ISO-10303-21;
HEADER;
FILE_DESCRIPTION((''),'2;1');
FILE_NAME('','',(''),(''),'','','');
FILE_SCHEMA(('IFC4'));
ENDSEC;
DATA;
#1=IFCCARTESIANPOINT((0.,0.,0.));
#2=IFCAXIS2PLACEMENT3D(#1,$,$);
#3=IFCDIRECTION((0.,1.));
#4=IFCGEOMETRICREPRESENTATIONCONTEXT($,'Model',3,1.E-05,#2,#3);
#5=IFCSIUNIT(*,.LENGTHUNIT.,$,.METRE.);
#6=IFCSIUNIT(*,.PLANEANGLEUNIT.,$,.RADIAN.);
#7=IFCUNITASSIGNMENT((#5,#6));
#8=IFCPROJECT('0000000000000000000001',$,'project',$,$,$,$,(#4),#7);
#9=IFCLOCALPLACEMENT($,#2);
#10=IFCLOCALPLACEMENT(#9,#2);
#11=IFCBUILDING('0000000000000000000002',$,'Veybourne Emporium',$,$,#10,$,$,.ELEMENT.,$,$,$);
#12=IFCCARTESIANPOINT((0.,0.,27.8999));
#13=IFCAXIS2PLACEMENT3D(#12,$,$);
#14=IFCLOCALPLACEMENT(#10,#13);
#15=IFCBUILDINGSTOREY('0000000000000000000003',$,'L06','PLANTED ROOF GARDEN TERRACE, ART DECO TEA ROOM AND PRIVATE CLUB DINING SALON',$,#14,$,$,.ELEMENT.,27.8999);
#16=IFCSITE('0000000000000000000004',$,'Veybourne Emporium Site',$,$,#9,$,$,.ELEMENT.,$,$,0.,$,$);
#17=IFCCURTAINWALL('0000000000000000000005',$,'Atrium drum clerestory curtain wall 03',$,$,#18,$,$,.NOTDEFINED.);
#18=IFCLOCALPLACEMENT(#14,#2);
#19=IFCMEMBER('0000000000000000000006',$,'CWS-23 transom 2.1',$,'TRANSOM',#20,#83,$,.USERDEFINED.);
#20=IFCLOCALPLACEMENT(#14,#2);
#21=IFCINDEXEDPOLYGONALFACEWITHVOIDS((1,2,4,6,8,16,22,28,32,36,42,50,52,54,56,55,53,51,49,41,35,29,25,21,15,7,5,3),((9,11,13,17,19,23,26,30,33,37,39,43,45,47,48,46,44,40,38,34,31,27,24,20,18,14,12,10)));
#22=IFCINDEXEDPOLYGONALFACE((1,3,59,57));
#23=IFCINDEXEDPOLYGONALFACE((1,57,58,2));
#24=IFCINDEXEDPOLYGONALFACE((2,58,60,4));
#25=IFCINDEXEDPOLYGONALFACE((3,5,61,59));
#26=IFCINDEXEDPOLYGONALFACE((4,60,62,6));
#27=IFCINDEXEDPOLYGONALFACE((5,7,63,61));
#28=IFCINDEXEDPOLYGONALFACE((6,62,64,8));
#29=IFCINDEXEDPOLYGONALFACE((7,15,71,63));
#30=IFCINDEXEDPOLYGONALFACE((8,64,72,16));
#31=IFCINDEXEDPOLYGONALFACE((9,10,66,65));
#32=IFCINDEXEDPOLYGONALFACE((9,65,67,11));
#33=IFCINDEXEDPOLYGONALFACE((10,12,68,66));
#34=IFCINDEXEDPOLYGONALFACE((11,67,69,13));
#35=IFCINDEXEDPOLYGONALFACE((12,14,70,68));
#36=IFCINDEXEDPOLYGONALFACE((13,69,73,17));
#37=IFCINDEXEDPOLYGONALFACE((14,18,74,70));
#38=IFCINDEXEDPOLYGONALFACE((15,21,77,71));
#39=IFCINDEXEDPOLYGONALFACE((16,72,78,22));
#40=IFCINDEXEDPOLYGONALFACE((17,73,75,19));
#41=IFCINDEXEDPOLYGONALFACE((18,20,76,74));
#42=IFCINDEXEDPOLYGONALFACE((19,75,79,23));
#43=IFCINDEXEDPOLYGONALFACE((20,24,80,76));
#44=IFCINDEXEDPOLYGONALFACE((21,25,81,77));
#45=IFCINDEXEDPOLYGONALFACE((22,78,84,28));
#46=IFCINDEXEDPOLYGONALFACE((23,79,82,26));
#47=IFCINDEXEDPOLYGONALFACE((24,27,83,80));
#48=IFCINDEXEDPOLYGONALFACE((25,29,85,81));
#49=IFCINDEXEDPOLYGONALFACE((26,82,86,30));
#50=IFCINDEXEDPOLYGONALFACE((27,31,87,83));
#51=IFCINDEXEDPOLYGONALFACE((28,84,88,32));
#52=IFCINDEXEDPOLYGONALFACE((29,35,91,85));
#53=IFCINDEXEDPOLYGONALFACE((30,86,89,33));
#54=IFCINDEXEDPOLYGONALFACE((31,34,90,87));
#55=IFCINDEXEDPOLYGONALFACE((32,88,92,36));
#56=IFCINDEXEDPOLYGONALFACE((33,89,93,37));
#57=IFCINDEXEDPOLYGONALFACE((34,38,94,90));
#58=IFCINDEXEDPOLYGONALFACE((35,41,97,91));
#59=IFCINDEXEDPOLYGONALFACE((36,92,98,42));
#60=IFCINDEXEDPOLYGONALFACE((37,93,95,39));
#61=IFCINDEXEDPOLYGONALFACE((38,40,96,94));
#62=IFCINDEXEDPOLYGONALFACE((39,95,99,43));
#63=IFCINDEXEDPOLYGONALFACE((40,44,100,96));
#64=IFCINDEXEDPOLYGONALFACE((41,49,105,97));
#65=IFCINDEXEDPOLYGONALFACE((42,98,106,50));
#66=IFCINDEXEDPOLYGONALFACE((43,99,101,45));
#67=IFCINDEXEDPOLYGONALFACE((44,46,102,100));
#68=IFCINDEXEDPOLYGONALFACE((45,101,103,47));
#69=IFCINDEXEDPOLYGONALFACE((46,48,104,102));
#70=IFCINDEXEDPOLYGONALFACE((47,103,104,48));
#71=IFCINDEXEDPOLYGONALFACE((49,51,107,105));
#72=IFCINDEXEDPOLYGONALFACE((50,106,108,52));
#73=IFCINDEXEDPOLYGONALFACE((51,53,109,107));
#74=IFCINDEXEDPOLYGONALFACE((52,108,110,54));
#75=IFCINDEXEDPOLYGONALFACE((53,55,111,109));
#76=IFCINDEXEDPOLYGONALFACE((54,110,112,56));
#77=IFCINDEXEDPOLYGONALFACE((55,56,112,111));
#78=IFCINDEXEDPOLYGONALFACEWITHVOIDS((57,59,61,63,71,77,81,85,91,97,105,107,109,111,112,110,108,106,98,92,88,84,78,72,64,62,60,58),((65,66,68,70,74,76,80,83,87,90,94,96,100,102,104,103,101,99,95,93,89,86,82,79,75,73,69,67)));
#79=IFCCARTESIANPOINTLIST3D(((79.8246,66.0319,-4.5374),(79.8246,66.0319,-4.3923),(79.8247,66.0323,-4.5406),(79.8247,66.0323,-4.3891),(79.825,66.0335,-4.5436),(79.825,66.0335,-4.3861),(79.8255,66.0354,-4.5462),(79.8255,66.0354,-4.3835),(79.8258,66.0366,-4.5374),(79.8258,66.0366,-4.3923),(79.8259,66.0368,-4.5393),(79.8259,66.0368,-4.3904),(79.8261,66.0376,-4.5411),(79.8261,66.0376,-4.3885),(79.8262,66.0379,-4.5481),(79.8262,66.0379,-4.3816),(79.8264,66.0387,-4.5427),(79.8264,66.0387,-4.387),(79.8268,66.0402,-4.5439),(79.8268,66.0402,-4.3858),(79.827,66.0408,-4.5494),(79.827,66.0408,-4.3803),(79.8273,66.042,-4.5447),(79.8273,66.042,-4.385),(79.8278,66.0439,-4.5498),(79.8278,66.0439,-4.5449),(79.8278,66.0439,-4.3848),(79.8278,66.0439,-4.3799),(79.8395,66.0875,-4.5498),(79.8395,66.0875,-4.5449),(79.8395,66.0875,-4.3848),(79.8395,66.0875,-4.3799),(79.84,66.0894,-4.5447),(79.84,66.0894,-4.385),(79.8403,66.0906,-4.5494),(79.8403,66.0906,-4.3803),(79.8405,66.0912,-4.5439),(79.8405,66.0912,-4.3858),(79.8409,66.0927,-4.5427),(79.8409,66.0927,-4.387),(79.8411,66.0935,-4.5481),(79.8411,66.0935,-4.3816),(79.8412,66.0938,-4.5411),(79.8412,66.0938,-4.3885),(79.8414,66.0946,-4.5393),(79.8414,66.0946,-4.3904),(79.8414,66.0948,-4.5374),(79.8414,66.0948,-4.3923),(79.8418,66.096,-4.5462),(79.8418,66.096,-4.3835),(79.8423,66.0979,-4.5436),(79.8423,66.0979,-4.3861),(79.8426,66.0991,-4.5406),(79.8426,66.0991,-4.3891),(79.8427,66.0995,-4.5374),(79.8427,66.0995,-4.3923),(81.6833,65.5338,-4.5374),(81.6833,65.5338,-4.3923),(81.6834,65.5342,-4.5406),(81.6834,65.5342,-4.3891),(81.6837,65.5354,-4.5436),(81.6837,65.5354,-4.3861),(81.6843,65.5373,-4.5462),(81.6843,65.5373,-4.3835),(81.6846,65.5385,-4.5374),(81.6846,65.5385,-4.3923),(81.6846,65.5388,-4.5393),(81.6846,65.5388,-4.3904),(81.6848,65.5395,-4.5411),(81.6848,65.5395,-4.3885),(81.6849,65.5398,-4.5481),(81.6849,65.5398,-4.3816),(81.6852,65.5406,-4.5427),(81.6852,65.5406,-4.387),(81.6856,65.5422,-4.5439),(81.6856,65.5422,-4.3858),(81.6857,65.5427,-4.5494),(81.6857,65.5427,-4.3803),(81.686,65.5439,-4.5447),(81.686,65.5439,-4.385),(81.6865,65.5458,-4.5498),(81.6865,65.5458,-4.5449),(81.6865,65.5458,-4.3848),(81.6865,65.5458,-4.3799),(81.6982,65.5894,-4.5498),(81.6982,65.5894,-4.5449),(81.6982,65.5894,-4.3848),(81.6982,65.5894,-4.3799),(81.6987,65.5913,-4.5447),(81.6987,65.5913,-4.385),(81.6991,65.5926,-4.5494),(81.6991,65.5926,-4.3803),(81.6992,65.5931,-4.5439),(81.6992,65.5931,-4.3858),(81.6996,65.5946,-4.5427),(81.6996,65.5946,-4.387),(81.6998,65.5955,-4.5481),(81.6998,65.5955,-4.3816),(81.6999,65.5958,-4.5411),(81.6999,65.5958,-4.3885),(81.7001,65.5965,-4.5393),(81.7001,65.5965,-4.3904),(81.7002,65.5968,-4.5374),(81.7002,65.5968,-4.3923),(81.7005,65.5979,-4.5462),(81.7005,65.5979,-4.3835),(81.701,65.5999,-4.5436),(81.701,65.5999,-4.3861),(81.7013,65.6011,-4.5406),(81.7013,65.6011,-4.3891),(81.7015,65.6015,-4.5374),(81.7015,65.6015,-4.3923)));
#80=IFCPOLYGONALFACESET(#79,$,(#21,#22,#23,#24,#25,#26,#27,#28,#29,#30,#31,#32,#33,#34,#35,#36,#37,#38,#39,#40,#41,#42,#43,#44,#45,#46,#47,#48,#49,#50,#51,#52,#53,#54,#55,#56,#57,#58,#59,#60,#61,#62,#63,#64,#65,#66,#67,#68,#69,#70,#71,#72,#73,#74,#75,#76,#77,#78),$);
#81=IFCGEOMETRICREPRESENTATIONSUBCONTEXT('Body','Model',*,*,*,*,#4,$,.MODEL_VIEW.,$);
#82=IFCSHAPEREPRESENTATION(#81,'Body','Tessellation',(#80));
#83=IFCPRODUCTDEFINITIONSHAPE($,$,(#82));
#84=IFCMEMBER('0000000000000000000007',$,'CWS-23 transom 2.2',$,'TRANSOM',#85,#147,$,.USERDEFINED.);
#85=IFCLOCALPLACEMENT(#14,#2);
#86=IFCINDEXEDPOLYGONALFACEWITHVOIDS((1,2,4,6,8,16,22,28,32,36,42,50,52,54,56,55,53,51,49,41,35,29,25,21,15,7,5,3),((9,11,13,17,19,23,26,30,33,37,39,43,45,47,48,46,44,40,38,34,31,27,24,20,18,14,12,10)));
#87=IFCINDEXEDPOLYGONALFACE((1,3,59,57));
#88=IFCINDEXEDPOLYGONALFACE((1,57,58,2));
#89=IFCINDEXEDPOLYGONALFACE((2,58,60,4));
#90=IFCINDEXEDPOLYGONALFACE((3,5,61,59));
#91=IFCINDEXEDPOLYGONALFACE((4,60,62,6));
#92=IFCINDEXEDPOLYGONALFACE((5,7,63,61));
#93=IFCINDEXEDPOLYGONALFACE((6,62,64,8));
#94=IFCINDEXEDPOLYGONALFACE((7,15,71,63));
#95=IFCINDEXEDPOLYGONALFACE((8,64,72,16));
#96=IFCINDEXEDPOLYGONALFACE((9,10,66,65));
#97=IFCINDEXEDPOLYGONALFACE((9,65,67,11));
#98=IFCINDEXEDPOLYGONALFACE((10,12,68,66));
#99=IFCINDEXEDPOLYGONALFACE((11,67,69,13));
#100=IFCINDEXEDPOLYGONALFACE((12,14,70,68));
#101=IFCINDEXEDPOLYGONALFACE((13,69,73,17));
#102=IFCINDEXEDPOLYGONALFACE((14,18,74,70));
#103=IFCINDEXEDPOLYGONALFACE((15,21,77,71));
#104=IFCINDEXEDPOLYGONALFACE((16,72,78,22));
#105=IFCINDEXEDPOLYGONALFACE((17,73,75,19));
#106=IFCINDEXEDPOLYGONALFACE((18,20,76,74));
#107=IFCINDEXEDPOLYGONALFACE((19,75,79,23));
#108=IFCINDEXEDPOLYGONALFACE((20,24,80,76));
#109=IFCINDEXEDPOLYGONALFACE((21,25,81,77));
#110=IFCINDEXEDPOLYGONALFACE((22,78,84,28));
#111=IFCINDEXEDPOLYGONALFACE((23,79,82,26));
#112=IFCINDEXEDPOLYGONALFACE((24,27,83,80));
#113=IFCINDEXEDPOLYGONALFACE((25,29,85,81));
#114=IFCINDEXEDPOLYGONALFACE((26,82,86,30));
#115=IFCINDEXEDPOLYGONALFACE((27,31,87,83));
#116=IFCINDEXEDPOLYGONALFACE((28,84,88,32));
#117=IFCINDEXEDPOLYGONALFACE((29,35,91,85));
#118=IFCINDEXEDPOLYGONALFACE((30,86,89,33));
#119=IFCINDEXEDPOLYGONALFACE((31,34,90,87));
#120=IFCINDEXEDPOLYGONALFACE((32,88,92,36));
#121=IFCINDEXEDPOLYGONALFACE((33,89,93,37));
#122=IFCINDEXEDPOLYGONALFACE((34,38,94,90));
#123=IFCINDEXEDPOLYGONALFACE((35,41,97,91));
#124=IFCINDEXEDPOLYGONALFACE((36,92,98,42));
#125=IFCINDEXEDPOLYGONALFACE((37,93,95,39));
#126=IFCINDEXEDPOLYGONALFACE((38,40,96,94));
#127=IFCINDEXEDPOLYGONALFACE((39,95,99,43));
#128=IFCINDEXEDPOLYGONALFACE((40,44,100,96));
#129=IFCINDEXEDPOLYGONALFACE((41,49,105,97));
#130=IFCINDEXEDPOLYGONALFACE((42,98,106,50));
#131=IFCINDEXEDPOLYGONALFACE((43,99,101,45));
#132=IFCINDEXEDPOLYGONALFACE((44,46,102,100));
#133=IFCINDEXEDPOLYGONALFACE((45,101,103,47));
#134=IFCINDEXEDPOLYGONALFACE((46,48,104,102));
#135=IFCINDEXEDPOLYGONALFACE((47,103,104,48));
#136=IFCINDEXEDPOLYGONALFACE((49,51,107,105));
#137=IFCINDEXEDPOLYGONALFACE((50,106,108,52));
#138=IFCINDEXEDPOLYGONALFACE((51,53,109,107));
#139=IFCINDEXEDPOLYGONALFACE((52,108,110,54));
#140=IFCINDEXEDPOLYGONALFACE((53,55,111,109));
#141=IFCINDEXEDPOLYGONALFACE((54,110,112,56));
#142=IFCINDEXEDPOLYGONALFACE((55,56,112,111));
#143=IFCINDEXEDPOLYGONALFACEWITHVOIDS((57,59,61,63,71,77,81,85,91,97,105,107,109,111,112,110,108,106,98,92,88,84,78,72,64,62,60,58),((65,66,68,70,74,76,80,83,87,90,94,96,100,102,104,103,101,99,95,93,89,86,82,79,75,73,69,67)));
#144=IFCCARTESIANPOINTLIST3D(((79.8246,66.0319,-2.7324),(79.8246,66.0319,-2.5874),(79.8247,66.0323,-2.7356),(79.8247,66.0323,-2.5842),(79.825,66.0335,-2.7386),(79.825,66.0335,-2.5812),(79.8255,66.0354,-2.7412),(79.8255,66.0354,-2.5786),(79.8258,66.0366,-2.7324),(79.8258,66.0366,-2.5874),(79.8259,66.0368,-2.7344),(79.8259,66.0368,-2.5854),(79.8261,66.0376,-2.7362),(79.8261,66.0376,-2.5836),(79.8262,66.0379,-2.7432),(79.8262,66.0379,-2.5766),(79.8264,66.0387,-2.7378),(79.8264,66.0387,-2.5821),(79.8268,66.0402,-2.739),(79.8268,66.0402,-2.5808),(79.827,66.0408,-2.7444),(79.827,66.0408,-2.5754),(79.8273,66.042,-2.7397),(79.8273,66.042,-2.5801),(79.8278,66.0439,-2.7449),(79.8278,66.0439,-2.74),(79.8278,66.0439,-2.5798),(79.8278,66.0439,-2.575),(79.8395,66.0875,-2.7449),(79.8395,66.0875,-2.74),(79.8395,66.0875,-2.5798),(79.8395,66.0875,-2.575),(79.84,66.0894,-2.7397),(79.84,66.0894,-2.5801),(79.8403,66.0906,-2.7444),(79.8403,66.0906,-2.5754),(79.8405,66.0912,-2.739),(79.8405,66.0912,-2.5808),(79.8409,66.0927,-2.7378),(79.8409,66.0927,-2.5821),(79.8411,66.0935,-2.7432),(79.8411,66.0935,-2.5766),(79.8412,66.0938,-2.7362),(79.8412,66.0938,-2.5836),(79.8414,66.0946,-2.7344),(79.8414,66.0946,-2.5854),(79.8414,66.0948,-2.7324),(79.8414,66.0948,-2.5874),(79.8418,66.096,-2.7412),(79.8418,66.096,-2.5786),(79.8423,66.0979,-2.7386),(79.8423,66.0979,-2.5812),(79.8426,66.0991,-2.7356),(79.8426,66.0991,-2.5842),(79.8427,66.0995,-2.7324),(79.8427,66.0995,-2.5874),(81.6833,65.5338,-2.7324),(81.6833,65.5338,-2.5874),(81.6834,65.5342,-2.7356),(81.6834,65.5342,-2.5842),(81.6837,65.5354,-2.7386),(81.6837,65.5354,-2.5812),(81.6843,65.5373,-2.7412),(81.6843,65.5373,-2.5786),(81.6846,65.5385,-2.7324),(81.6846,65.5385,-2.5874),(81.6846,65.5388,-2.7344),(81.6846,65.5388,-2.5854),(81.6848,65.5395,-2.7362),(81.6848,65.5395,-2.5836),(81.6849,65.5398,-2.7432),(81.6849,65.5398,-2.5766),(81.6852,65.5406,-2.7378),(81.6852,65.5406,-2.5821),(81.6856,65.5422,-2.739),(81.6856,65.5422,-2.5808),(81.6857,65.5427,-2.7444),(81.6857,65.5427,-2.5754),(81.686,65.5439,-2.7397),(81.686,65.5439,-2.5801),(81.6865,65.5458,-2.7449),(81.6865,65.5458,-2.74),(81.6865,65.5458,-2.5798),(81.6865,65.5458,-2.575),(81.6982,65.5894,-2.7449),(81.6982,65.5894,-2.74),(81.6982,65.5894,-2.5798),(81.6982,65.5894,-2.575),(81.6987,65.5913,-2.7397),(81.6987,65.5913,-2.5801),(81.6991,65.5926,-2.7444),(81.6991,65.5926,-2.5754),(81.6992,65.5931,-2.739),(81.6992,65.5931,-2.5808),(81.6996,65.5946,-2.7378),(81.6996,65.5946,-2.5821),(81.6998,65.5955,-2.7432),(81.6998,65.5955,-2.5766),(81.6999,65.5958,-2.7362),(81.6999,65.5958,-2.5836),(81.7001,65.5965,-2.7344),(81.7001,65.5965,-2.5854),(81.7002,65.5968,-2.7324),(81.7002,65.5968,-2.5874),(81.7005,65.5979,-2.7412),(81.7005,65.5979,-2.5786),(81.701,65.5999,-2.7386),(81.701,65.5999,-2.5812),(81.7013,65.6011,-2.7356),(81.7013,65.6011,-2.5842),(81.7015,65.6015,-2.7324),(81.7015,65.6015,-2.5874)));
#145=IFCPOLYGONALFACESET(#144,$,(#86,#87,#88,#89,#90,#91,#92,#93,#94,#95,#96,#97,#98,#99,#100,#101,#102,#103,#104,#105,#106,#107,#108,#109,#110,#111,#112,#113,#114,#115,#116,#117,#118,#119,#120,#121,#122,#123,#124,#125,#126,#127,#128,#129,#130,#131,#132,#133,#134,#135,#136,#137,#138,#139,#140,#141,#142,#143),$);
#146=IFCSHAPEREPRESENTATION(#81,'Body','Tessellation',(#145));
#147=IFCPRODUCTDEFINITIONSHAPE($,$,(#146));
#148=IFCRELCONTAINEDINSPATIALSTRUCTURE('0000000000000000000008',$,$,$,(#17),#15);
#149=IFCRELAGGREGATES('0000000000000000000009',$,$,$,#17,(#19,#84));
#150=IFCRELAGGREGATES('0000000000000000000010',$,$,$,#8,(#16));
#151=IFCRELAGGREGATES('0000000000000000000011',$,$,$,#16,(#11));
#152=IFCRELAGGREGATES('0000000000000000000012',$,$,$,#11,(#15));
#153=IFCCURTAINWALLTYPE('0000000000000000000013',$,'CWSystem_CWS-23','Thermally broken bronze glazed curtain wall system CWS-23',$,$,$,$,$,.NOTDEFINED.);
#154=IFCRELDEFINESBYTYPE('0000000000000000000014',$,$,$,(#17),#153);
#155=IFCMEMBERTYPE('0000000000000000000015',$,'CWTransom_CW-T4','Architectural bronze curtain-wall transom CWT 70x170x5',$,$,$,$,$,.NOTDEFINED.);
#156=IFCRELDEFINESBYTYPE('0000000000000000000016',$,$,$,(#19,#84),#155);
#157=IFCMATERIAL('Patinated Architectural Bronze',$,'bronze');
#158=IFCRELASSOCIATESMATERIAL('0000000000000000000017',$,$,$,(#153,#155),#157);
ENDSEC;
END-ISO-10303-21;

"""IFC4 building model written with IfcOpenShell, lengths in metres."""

from ifc_helpers import new_model, si_unit, direction, frame, origin, origin_2d, place, context, subcontext, project, spatial, hollow_rectangle, extrude, material, material_profile, profile_set, type_object, element, aggregate, save


model = new_model("IFC4")

# Units and contexts
model_context = context("Model", 3, precision=1e-05, world=origin(), true_north=direction((0.0, 1.0)))
body_context = subcontext(model_context, "Body", "Model", "MODEL_VIEW")
ifc_project = project(units=[si_unit("LENGTHUNIT", "METRE"), si_unit("PLANEANGLEUNIT", "RADIAN")], contexts=[model_context])

# Site, building, storey
site_placement = place(None, origin())
site = spatial("IfcSite", under=ifc_project, at=site_placement, Name="Veybourne Emporium Site", CompositionType="ELEMENT", RefElevation=0.0)
building_placement = place(site_placement, origin())
building = spatial("IfcBuilding", under=site, at=building_placement, Name="Veybourne Emporium", CompositionType="ELEMENT")
storey_placement = place(building_placement, frame((0.0, 0.0, 27.8999)))
storey = spatial("IfcBuildingStorey", under=building, at=storey_placement, Name="L06", Description="PLANTED ROOF GARDEN TERRACE, ART DECO TEA ROOM AND PRIVATE CLUB DINING SALON", CompositionType="ELEMENT", Elevation=27.8999)

# Curtain wall
ifc_material_1 = material(Name="Patinated Architectural Bronze", Category="bronze")
curtain_wall_type_1 = type_object("IfcCurtainWallType", Name="CWSystem_CWS-23", Description="Thermally broken bronze glazed curtain wall system CWS-23", PredefinedType="NOTDEFINED", material=ifc_material_1)
curtain_wall_1_placement = place(storey_placement, origin())
curtain_wall_1 = element("IfcCurtainWall", 1, at=curtain_wall_1_placement, inside=storey, type_object=curtain_wall_type_1, Name="Atrium drum clerestory curtain wall 03", PredefinedType="NOTDEFINED")

# Members
ifc_material_profile_1 = material_profile(ifc_material_1, hollow_rectangle(XDim=0.0701, YDim=0.1699, WallThickness=0.0049, InnerFilletRadius=0.0076, OuterFilletRadius=0.0125, at=origin_2d()), Name="CWT 70x170x5")
ifc_profile_set_1 = profile_set([ifc_material_profile_1], Name="Patinated Architectural Bronze")
member_type_1 = type_object("IfcMemberType", Name="CWTransom_CW-T4", Description="Architectural bronze curtain-wall transom CWT 70x170x5", PredefinedType="NOTDEFINED", material=ifc_profile_set_1)
member_1_placement = place(storey_placement, frame((81.6924, 65.5676, -4.4648), z_axis=(-0.965923, 0.258831, 0.0), x_axis=(-0.258831, -0.965923, 0.0)))
member_1 = element("IfcMember", 2, at=member_1_placement, type_object=member_type_1, Name="CWS-23 transom 2.1", ObjectType="TRANSOM", PredefinedType="USERDEFINED", context=body_context, shape_type="SweptSolid", body=[
    extrude(hollow_rectangle(XDim=0.0701, YDim=0.1699, WallThickness=0.0049, InnerFilletRadius=0.0076, OuterFilletRadius=0.0125, at=origin_2d()), origin(), (0.0, 0.0, 1.0), 1.9243),
])
member_2_placement = place(storey_placement, frame((81.6924, 65.5676, -2.6599), z_axis=(-0.965923, 0.258831, 0.0), x_axis=(-0.258831, -0.965923, 0.0)))
member_2 = element("IfcMember", 3, at=member_2_placement, type_object=member_type_1, Name="CWS-23 transom 2.2", ObjectType="TRANSOM", PredefinedType="USERDEFINED", context=body_context, shape_type="SweptSolid", body=[
    extrude(hollow_rectangle(XDim=0.0701, YDim=0.1699, WallThickness=0.0049, InnerFilletRadius=0.0076, OuterFilletRadius=0.0125, at=origin_2d()), origin(), (0.0, 0.0, 1.0), 1.9243),
])

aggregate(curtain_wall_1, [member_1, member_2])

save(model, "model.ifc")
